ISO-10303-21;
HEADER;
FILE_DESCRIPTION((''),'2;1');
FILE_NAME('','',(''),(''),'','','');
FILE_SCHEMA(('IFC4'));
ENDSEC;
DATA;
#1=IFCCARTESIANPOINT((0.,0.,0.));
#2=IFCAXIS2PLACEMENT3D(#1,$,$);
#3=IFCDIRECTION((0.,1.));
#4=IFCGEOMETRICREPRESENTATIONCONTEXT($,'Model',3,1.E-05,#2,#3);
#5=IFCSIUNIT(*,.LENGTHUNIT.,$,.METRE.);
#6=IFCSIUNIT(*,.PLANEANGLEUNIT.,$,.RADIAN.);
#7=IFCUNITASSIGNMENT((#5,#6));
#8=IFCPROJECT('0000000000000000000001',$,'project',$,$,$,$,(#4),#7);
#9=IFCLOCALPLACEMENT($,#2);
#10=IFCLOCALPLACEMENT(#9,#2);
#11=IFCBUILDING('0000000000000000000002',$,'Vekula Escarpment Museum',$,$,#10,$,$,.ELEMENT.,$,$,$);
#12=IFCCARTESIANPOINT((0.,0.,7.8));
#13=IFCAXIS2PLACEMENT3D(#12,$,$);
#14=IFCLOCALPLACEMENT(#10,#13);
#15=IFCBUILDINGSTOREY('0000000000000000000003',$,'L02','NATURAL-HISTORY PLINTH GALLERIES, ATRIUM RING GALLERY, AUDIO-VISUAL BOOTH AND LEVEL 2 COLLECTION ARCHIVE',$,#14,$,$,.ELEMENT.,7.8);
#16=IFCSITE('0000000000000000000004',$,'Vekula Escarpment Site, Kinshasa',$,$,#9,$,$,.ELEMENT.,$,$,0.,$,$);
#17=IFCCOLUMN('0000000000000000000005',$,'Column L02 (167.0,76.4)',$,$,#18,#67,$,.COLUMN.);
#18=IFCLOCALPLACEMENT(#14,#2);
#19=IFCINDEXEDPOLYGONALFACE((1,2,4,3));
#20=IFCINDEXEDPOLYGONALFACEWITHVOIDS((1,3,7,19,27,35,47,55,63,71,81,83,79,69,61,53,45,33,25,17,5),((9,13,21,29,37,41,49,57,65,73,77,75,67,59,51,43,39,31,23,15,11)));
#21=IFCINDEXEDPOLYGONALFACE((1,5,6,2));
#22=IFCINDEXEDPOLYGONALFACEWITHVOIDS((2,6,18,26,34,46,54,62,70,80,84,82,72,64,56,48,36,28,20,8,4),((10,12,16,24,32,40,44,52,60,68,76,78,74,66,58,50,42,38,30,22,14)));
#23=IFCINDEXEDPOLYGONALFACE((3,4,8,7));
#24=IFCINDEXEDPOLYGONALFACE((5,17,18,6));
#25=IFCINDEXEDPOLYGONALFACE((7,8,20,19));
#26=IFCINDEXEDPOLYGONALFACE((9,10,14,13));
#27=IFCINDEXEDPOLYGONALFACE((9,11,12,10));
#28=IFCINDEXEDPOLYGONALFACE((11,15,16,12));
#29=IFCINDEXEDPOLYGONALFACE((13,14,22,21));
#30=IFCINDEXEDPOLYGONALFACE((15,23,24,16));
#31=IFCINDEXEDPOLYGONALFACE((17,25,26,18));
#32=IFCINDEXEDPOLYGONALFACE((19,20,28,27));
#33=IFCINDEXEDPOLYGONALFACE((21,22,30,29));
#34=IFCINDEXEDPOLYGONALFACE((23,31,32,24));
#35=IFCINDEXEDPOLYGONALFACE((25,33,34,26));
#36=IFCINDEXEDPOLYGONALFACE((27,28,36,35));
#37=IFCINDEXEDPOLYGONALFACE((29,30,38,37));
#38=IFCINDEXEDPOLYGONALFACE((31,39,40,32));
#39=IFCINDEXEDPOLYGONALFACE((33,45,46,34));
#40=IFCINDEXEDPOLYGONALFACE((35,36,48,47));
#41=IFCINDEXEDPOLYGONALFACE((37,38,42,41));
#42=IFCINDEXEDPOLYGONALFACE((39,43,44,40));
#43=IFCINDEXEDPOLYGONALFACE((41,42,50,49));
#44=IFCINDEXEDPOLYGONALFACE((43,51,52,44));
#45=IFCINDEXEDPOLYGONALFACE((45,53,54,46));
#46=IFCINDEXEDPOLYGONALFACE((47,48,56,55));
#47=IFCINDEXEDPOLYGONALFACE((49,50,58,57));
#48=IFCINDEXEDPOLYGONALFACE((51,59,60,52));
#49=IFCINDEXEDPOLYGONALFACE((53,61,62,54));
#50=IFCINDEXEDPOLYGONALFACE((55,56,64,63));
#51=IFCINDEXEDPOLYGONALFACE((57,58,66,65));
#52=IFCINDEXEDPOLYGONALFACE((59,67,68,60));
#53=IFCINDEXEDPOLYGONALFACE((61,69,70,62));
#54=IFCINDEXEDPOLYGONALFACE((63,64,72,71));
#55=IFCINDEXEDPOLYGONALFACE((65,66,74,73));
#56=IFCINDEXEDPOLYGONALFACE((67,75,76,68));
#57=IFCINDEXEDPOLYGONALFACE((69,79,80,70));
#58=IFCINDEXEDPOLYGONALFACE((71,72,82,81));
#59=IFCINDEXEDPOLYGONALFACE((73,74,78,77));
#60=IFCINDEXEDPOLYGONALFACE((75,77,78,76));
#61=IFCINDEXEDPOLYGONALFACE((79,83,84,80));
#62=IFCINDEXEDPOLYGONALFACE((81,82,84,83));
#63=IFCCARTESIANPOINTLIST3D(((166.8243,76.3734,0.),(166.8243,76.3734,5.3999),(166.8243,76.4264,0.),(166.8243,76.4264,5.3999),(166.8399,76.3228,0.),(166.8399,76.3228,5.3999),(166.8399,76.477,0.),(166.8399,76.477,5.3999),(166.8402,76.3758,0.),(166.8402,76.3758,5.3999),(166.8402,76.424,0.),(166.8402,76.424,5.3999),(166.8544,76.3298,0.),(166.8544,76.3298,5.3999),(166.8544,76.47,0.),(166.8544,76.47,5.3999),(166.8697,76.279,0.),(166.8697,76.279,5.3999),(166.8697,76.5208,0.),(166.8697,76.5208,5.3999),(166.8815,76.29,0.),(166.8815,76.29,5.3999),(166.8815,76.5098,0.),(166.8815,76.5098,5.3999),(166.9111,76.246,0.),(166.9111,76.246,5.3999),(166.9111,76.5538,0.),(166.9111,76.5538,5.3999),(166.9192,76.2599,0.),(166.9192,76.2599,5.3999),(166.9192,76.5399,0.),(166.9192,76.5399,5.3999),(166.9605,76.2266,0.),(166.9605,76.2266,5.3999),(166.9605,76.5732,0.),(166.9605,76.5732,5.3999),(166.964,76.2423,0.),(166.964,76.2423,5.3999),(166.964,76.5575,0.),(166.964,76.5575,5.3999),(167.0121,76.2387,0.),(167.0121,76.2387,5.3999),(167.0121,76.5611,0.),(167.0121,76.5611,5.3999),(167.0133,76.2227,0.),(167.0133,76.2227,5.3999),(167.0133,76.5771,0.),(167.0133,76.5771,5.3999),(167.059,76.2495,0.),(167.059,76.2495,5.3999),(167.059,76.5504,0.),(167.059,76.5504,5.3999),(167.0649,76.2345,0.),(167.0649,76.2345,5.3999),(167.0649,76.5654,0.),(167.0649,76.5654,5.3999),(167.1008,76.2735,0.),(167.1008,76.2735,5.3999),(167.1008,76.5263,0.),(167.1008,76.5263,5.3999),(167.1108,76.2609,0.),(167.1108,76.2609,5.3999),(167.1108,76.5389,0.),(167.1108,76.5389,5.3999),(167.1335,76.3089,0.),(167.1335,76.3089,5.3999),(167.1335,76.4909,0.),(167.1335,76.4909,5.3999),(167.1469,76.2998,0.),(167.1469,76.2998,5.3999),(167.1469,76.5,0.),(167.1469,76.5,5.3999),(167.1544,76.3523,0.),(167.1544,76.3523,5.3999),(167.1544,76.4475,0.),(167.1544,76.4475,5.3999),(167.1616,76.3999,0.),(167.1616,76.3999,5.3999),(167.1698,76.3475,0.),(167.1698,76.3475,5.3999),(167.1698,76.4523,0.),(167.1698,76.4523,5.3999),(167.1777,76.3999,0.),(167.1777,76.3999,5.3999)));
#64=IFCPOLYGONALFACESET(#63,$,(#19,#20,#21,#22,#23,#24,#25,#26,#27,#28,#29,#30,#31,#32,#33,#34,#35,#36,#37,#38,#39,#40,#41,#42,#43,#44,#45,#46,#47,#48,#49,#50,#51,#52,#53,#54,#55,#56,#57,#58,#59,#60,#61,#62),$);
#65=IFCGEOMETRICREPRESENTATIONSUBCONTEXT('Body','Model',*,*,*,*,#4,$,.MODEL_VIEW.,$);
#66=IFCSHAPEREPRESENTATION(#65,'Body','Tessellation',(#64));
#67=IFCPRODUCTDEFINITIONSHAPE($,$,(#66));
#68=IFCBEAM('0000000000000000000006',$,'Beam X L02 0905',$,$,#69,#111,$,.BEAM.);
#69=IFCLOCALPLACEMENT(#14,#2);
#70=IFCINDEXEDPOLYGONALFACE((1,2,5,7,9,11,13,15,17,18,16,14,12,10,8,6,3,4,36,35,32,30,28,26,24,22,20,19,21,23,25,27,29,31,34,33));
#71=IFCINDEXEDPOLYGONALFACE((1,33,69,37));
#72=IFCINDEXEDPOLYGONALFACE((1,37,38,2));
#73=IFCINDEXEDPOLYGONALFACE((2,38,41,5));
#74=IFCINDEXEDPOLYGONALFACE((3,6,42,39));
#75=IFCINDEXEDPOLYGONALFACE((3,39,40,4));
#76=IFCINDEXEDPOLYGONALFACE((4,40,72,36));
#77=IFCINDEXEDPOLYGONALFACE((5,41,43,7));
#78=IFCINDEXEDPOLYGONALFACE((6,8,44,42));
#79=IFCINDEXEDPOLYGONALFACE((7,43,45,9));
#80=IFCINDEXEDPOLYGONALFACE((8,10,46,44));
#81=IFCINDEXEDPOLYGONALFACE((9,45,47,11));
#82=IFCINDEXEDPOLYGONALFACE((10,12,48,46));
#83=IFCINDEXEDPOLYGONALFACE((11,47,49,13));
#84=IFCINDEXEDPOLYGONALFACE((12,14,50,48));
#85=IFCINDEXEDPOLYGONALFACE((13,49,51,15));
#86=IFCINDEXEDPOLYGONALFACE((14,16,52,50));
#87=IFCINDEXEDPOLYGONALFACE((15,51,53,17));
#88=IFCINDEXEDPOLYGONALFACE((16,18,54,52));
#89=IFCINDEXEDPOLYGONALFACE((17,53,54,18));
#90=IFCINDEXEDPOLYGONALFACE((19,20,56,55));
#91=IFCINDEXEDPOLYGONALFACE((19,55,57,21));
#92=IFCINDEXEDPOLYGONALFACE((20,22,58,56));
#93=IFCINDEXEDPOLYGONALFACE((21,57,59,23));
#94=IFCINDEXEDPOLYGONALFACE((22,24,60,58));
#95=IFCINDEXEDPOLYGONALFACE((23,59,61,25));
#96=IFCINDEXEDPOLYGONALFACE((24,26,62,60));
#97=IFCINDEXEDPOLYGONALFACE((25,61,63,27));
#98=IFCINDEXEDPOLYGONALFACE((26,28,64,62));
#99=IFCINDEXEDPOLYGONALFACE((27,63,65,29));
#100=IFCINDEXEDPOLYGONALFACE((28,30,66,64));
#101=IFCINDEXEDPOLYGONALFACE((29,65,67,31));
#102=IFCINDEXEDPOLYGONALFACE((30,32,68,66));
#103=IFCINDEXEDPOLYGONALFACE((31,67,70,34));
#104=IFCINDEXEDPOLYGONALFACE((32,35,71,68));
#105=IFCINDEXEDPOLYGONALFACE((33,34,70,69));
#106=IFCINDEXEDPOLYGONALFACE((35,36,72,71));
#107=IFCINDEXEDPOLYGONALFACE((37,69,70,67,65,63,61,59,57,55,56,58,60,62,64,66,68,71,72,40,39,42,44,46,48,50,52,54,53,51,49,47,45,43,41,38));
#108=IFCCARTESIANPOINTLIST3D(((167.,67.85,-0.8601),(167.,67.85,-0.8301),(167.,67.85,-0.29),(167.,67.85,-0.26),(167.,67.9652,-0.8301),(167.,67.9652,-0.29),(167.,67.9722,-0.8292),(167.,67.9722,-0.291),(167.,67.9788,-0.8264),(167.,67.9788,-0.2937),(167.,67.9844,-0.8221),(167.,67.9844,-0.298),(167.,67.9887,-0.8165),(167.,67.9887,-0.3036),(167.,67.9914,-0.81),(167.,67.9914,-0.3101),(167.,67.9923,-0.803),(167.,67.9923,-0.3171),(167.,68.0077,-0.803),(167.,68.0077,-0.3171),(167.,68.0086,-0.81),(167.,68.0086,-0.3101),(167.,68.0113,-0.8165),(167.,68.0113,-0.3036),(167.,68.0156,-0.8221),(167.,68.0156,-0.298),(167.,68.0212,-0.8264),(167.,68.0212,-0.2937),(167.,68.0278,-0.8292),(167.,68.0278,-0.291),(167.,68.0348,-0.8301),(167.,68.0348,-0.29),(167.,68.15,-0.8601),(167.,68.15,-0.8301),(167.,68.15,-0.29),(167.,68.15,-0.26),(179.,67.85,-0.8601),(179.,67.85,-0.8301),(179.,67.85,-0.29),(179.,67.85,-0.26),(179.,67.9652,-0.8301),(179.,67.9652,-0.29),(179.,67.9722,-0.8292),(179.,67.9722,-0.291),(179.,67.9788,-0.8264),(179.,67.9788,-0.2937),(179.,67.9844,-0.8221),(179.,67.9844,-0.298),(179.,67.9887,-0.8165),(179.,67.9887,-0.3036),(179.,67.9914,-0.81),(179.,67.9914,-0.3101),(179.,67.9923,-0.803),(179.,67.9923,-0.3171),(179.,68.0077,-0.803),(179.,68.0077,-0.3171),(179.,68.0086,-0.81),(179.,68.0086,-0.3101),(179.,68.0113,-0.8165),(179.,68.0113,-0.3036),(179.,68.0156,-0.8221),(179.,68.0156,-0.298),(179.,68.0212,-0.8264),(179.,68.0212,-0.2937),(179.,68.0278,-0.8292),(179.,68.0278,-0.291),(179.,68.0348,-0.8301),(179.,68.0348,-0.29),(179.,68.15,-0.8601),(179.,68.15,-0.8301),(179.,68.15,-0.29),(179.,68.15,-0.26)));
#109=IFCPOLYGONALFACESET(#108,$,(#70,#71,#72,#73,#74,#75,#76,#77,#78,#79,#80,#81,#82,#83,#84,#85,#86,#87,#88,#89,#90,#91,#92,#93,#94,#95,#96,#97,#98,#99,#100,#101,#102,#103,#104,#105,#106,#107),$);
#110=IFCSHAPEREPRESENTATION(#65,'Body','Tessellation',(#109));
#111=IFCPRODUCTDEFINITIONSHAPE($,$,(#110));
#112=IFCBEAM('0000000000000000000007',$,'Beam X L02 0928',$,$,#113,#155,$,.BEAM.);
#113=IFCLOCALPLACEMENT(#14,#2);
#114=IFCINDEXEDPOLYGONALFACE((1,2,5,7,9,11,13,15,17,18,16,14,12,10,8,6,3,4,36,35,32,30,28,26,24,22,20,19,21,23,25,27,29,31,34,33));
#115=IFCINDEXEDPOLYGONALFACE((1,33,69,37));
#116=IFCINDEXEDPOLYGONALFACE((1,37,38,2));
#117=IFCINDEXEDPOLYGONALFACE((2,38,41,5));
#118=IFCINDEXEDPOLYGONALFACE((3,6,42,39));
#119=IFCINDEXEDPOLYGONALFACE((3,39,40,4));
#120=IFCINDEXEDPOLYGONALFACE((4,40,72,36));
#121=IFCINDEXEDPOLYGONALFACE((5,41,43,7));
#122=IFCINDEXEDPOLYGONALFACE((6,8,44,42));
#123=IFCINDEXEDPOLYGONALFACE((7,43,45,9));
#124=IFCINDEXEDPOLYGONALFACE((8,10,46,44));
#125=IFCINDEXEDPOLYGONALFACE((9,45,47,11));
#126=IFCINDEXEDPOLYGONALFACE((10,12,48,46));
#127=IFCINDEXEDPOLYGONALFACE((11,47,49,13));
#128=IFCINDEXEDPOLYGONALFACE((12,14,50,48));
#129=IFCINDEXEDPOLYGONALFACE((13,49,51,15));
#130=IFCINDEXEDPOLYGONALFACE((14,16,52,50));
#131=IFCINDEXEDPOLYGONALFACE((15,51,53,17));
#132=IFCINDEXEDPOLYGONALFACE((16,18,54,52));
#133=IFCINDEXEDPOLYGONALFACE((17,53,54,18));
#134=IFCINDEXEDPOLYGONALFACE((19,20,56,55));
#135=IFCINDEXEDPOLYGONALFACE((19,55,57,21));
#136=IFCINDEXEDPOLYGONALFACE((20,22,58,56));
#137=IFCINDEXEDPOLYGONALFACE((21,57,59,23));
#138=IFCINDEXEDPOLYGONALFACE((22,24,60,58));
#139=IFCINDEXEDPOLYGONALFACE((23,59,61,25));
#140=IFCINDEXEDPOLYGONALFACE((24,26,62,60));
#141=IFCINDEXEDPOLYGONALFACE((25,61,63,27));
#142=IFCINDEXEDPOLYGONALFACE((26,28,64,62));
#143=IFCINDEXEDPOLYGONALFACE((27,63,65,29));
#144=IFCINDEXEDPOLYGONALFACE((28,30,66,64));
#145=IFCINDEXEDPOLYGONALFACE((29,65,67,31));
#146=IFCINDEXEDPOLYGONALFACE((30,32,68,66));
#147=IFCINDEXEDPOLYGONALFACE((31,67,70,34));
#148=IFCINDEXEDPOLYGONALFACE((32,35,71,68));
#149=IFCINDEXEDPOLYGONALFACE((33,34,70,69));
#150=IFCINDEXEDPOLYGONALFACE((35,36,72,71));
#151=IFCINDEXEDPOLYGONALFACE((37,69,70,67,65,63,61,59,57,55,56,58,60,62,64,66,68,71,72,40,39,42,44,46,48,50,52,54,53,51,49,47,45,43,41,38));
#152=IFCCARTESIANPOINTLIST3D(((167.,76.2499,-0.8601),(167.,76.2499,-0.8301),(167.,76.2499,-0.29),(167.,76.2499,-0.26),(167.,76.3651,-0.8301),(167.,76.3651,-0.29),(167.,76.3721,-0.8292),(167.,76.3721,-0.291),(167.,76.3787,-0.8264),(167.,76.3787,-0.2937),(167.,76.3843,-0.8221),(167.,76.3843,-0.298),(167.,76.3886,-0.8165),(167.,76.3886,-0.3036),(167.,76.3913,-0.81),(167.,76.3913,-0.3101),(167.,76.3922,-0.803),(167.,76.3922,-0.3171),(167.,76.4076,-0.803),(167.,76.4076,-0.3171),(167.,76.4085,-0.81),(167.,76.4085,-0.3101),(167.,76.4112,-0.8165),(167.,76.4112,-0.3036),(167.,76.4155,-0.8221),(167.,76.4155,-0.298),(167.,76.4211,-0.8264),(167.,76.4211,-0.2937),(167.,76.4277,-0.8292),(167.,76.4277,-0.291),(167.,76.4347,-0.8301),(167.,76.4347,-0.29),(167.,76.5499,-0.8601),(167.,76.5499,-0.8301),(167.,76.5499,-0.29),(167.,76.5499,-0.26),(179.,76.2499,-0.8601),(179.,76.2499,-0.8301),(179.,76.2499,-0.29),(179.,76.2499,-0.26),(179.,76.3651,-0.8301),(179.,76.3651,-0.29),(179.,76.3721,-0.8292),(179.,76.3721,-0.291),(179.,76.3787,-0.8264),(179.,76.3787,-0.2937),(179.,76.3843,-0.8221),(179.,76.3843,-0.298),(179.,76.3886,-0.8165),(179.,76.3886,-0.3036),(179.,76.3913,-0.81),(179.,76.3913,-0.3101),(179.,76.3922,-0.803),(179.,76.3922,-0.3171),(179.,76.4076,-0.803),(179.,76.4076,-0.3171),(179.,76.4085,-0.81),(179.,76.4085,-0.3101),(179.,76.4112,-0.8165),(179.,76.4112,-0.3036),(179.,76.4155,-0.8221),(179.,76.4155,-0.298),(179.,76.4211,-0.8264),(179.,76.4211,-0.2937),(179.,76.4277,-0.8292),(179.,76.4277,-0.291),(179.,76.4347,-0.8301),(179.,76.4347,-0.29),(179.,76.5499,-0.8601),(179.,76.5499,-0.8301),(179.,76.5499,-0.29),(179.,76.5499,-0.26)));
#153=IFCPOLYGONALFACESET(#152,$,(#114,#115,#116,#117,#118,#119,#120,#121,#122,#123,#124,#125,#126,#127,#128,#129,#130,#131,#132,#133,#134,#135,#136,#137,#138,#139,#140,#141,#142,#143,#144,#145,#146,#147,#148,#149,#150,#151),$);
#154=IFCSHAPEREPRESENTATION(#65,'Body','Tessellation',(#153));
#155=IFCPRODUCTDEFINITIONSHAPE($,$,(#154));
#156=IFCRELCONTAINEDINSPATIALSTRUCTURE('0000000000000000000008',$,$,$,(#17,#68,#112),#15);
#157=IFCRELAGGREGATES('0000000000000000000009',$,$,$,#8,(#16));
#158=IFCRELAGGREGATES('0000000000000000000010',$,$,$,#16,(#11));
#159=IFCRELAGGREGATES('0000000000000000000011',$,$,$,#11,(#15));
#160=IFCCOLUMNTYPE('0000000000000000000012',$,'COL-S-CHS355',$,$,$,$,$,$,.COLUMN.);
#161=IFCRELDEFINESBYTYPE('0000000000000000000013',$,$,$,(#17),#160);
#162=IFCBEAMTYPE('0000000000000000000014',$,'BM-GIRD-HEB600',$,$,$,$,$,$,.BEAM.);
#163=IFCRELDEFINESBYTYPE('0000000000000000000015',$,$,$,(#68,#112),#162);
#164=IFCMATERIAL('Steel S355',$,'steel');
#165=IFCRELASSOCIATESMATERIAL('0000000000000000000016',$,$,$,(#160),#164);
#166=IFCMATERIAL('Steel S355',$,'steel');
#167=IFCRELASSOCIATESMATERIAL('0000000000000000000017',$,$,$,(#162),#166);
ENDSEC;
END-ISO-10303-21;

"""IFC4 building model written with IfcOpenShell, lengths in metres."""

from ifc_helpers import new_model, si_unit, direction, frame, origin, origin_2d, place, context, subcontext, project, spatial, hollow_circle, i_section, extrude, material, material_profile, profile_set, type_object, element, save


model = new_model("IFC4")

# Units and contexts
model_context = context("Model", 3, precision=1e-05, world=origin(), true_north=direction((0.0, 1.0)))
body_context = subcontext(model_context, "Body", "Model", "MODEL_VIEW")
ifc_project = project(units=[si_unit("LENGTHUNIT", "METRE"), si_unit("PLANEANGLEUNIT", "RADIAN")], contexts=[model_context])

# Site, building, storey
site_placement = place(None, origin())
site = spatial("IfcSite", under=ifc_project, at=site_placement, Name="Vekula Escarpment Site, Kinshasa", CompositionType="ELEMENT", RefElevation=0.0)
building_placement = place(site_placement, origin())
building = spatial("IfcBuilding", under=site, at=building_placement, Name="Vekula Escarpment Museum", CompositionType="ELEMENT")
storey_placement = place(building_placement, frame((0.0, 0.0, 7.8)))
storey = spatial("IfcBuildingStorey", under=building, at=storey_placement, Name="L02", Description="NATURAL-HISTORY PLINTH GALLERIES, ATRIUM RING GALLERY, AUDIO-VISUAL BOOTH AND LEVEL 2 COLLECTION ARCHIVE", CompositionType="ELEMENT", Elevation=7.8)

# Column
ifc_material_1 = material(Name="Steel S355", Category="steel")
ifc_material_profile_1 = material_profile(ifc_material_1, hollow_circle(Radius=0.1777, WallThickness=0.0161, at=origin_2d()), Name="CHS 355.6x16")
ifc_profile_set_1 = profile_set([ifc_material_profile_1], Name="Steel S355")
column_type = type_object("IfcColumnType", Name="COL-S-CHS355", PredefinedType="COLUMN", material=ifc_profile_set_1)
column_placement = place(storey_placement, frame((167.0, 76.3999, 0.0), z_axis=(0.0, 0.0, 1.0), x_axis=(1.0, 0.0, 0.0)))
element("IfcColumn", 1, at=column_placement, inside=storey, type_object=column_type, Name="Column L02 (167.0,76.4)", PredefinedType="COLUMN", context=body_context, shape_type="SweptSolid", body=[
    extrude(hollow_circle(Radius=0.1777, WallThickness=0.0161, at=origin_2d()), origin(), (0.0, 0.0, 1.0), 5.3999),
])

# Beams
ifc_material_2 = material(Name="Steel S355", Category="steel")
ifc_material_profile_2 = material_profile(ifc_material_2, i_section(OverallWidth=0.3, OverallDepth=0.6001, WebThickness=0.0154, FlangeThickness=0.03, FilletRadius=0.0271, at=origin_2d()), Name="HEB 600")
ifc_profile_set_2 = profile_set([ifc_material_profile_2], Name="Steel S355")
beam_type_1 = type_object("IfcBeamType", Name="BM-GIRD-HEB600", PredefinedType="BEAM", material=ifc_profile_set_2)
for number, where, z_axis, x_axis, name in (
    (2, (167.0, 68.0, -0.5601), (1.0, 0.0, 0.0), (0.0, 1.0, 0.0), "Beam X L02 0905"),
    (3, (167.0, 76.3999, -0.5601), (1.0, 0.0, 0.0), (0.0, 1.0, 0.0), "Beam X L02 0928"),
):
    element("IfcBeam", number, at=place(storey_placement, frame(where, z_axis=z_axis, x_axis=x_axis)), inside=storey, type_object=beam_type_1, Name=name, PredefinedType="BEAM", context=body_context, shape_type="SweptSolid", body=[
        extrude(i_section(OverallWidth=0.3, OverallDepth=0.6001, WebThickness=0.0154, FlangeThickness=0.03, FilletRadius=0.0271, at=origin_2d()), origin(), (0.0, 0.0, 1.0), 12.0),
    ])

save(model, "model.ifc")
